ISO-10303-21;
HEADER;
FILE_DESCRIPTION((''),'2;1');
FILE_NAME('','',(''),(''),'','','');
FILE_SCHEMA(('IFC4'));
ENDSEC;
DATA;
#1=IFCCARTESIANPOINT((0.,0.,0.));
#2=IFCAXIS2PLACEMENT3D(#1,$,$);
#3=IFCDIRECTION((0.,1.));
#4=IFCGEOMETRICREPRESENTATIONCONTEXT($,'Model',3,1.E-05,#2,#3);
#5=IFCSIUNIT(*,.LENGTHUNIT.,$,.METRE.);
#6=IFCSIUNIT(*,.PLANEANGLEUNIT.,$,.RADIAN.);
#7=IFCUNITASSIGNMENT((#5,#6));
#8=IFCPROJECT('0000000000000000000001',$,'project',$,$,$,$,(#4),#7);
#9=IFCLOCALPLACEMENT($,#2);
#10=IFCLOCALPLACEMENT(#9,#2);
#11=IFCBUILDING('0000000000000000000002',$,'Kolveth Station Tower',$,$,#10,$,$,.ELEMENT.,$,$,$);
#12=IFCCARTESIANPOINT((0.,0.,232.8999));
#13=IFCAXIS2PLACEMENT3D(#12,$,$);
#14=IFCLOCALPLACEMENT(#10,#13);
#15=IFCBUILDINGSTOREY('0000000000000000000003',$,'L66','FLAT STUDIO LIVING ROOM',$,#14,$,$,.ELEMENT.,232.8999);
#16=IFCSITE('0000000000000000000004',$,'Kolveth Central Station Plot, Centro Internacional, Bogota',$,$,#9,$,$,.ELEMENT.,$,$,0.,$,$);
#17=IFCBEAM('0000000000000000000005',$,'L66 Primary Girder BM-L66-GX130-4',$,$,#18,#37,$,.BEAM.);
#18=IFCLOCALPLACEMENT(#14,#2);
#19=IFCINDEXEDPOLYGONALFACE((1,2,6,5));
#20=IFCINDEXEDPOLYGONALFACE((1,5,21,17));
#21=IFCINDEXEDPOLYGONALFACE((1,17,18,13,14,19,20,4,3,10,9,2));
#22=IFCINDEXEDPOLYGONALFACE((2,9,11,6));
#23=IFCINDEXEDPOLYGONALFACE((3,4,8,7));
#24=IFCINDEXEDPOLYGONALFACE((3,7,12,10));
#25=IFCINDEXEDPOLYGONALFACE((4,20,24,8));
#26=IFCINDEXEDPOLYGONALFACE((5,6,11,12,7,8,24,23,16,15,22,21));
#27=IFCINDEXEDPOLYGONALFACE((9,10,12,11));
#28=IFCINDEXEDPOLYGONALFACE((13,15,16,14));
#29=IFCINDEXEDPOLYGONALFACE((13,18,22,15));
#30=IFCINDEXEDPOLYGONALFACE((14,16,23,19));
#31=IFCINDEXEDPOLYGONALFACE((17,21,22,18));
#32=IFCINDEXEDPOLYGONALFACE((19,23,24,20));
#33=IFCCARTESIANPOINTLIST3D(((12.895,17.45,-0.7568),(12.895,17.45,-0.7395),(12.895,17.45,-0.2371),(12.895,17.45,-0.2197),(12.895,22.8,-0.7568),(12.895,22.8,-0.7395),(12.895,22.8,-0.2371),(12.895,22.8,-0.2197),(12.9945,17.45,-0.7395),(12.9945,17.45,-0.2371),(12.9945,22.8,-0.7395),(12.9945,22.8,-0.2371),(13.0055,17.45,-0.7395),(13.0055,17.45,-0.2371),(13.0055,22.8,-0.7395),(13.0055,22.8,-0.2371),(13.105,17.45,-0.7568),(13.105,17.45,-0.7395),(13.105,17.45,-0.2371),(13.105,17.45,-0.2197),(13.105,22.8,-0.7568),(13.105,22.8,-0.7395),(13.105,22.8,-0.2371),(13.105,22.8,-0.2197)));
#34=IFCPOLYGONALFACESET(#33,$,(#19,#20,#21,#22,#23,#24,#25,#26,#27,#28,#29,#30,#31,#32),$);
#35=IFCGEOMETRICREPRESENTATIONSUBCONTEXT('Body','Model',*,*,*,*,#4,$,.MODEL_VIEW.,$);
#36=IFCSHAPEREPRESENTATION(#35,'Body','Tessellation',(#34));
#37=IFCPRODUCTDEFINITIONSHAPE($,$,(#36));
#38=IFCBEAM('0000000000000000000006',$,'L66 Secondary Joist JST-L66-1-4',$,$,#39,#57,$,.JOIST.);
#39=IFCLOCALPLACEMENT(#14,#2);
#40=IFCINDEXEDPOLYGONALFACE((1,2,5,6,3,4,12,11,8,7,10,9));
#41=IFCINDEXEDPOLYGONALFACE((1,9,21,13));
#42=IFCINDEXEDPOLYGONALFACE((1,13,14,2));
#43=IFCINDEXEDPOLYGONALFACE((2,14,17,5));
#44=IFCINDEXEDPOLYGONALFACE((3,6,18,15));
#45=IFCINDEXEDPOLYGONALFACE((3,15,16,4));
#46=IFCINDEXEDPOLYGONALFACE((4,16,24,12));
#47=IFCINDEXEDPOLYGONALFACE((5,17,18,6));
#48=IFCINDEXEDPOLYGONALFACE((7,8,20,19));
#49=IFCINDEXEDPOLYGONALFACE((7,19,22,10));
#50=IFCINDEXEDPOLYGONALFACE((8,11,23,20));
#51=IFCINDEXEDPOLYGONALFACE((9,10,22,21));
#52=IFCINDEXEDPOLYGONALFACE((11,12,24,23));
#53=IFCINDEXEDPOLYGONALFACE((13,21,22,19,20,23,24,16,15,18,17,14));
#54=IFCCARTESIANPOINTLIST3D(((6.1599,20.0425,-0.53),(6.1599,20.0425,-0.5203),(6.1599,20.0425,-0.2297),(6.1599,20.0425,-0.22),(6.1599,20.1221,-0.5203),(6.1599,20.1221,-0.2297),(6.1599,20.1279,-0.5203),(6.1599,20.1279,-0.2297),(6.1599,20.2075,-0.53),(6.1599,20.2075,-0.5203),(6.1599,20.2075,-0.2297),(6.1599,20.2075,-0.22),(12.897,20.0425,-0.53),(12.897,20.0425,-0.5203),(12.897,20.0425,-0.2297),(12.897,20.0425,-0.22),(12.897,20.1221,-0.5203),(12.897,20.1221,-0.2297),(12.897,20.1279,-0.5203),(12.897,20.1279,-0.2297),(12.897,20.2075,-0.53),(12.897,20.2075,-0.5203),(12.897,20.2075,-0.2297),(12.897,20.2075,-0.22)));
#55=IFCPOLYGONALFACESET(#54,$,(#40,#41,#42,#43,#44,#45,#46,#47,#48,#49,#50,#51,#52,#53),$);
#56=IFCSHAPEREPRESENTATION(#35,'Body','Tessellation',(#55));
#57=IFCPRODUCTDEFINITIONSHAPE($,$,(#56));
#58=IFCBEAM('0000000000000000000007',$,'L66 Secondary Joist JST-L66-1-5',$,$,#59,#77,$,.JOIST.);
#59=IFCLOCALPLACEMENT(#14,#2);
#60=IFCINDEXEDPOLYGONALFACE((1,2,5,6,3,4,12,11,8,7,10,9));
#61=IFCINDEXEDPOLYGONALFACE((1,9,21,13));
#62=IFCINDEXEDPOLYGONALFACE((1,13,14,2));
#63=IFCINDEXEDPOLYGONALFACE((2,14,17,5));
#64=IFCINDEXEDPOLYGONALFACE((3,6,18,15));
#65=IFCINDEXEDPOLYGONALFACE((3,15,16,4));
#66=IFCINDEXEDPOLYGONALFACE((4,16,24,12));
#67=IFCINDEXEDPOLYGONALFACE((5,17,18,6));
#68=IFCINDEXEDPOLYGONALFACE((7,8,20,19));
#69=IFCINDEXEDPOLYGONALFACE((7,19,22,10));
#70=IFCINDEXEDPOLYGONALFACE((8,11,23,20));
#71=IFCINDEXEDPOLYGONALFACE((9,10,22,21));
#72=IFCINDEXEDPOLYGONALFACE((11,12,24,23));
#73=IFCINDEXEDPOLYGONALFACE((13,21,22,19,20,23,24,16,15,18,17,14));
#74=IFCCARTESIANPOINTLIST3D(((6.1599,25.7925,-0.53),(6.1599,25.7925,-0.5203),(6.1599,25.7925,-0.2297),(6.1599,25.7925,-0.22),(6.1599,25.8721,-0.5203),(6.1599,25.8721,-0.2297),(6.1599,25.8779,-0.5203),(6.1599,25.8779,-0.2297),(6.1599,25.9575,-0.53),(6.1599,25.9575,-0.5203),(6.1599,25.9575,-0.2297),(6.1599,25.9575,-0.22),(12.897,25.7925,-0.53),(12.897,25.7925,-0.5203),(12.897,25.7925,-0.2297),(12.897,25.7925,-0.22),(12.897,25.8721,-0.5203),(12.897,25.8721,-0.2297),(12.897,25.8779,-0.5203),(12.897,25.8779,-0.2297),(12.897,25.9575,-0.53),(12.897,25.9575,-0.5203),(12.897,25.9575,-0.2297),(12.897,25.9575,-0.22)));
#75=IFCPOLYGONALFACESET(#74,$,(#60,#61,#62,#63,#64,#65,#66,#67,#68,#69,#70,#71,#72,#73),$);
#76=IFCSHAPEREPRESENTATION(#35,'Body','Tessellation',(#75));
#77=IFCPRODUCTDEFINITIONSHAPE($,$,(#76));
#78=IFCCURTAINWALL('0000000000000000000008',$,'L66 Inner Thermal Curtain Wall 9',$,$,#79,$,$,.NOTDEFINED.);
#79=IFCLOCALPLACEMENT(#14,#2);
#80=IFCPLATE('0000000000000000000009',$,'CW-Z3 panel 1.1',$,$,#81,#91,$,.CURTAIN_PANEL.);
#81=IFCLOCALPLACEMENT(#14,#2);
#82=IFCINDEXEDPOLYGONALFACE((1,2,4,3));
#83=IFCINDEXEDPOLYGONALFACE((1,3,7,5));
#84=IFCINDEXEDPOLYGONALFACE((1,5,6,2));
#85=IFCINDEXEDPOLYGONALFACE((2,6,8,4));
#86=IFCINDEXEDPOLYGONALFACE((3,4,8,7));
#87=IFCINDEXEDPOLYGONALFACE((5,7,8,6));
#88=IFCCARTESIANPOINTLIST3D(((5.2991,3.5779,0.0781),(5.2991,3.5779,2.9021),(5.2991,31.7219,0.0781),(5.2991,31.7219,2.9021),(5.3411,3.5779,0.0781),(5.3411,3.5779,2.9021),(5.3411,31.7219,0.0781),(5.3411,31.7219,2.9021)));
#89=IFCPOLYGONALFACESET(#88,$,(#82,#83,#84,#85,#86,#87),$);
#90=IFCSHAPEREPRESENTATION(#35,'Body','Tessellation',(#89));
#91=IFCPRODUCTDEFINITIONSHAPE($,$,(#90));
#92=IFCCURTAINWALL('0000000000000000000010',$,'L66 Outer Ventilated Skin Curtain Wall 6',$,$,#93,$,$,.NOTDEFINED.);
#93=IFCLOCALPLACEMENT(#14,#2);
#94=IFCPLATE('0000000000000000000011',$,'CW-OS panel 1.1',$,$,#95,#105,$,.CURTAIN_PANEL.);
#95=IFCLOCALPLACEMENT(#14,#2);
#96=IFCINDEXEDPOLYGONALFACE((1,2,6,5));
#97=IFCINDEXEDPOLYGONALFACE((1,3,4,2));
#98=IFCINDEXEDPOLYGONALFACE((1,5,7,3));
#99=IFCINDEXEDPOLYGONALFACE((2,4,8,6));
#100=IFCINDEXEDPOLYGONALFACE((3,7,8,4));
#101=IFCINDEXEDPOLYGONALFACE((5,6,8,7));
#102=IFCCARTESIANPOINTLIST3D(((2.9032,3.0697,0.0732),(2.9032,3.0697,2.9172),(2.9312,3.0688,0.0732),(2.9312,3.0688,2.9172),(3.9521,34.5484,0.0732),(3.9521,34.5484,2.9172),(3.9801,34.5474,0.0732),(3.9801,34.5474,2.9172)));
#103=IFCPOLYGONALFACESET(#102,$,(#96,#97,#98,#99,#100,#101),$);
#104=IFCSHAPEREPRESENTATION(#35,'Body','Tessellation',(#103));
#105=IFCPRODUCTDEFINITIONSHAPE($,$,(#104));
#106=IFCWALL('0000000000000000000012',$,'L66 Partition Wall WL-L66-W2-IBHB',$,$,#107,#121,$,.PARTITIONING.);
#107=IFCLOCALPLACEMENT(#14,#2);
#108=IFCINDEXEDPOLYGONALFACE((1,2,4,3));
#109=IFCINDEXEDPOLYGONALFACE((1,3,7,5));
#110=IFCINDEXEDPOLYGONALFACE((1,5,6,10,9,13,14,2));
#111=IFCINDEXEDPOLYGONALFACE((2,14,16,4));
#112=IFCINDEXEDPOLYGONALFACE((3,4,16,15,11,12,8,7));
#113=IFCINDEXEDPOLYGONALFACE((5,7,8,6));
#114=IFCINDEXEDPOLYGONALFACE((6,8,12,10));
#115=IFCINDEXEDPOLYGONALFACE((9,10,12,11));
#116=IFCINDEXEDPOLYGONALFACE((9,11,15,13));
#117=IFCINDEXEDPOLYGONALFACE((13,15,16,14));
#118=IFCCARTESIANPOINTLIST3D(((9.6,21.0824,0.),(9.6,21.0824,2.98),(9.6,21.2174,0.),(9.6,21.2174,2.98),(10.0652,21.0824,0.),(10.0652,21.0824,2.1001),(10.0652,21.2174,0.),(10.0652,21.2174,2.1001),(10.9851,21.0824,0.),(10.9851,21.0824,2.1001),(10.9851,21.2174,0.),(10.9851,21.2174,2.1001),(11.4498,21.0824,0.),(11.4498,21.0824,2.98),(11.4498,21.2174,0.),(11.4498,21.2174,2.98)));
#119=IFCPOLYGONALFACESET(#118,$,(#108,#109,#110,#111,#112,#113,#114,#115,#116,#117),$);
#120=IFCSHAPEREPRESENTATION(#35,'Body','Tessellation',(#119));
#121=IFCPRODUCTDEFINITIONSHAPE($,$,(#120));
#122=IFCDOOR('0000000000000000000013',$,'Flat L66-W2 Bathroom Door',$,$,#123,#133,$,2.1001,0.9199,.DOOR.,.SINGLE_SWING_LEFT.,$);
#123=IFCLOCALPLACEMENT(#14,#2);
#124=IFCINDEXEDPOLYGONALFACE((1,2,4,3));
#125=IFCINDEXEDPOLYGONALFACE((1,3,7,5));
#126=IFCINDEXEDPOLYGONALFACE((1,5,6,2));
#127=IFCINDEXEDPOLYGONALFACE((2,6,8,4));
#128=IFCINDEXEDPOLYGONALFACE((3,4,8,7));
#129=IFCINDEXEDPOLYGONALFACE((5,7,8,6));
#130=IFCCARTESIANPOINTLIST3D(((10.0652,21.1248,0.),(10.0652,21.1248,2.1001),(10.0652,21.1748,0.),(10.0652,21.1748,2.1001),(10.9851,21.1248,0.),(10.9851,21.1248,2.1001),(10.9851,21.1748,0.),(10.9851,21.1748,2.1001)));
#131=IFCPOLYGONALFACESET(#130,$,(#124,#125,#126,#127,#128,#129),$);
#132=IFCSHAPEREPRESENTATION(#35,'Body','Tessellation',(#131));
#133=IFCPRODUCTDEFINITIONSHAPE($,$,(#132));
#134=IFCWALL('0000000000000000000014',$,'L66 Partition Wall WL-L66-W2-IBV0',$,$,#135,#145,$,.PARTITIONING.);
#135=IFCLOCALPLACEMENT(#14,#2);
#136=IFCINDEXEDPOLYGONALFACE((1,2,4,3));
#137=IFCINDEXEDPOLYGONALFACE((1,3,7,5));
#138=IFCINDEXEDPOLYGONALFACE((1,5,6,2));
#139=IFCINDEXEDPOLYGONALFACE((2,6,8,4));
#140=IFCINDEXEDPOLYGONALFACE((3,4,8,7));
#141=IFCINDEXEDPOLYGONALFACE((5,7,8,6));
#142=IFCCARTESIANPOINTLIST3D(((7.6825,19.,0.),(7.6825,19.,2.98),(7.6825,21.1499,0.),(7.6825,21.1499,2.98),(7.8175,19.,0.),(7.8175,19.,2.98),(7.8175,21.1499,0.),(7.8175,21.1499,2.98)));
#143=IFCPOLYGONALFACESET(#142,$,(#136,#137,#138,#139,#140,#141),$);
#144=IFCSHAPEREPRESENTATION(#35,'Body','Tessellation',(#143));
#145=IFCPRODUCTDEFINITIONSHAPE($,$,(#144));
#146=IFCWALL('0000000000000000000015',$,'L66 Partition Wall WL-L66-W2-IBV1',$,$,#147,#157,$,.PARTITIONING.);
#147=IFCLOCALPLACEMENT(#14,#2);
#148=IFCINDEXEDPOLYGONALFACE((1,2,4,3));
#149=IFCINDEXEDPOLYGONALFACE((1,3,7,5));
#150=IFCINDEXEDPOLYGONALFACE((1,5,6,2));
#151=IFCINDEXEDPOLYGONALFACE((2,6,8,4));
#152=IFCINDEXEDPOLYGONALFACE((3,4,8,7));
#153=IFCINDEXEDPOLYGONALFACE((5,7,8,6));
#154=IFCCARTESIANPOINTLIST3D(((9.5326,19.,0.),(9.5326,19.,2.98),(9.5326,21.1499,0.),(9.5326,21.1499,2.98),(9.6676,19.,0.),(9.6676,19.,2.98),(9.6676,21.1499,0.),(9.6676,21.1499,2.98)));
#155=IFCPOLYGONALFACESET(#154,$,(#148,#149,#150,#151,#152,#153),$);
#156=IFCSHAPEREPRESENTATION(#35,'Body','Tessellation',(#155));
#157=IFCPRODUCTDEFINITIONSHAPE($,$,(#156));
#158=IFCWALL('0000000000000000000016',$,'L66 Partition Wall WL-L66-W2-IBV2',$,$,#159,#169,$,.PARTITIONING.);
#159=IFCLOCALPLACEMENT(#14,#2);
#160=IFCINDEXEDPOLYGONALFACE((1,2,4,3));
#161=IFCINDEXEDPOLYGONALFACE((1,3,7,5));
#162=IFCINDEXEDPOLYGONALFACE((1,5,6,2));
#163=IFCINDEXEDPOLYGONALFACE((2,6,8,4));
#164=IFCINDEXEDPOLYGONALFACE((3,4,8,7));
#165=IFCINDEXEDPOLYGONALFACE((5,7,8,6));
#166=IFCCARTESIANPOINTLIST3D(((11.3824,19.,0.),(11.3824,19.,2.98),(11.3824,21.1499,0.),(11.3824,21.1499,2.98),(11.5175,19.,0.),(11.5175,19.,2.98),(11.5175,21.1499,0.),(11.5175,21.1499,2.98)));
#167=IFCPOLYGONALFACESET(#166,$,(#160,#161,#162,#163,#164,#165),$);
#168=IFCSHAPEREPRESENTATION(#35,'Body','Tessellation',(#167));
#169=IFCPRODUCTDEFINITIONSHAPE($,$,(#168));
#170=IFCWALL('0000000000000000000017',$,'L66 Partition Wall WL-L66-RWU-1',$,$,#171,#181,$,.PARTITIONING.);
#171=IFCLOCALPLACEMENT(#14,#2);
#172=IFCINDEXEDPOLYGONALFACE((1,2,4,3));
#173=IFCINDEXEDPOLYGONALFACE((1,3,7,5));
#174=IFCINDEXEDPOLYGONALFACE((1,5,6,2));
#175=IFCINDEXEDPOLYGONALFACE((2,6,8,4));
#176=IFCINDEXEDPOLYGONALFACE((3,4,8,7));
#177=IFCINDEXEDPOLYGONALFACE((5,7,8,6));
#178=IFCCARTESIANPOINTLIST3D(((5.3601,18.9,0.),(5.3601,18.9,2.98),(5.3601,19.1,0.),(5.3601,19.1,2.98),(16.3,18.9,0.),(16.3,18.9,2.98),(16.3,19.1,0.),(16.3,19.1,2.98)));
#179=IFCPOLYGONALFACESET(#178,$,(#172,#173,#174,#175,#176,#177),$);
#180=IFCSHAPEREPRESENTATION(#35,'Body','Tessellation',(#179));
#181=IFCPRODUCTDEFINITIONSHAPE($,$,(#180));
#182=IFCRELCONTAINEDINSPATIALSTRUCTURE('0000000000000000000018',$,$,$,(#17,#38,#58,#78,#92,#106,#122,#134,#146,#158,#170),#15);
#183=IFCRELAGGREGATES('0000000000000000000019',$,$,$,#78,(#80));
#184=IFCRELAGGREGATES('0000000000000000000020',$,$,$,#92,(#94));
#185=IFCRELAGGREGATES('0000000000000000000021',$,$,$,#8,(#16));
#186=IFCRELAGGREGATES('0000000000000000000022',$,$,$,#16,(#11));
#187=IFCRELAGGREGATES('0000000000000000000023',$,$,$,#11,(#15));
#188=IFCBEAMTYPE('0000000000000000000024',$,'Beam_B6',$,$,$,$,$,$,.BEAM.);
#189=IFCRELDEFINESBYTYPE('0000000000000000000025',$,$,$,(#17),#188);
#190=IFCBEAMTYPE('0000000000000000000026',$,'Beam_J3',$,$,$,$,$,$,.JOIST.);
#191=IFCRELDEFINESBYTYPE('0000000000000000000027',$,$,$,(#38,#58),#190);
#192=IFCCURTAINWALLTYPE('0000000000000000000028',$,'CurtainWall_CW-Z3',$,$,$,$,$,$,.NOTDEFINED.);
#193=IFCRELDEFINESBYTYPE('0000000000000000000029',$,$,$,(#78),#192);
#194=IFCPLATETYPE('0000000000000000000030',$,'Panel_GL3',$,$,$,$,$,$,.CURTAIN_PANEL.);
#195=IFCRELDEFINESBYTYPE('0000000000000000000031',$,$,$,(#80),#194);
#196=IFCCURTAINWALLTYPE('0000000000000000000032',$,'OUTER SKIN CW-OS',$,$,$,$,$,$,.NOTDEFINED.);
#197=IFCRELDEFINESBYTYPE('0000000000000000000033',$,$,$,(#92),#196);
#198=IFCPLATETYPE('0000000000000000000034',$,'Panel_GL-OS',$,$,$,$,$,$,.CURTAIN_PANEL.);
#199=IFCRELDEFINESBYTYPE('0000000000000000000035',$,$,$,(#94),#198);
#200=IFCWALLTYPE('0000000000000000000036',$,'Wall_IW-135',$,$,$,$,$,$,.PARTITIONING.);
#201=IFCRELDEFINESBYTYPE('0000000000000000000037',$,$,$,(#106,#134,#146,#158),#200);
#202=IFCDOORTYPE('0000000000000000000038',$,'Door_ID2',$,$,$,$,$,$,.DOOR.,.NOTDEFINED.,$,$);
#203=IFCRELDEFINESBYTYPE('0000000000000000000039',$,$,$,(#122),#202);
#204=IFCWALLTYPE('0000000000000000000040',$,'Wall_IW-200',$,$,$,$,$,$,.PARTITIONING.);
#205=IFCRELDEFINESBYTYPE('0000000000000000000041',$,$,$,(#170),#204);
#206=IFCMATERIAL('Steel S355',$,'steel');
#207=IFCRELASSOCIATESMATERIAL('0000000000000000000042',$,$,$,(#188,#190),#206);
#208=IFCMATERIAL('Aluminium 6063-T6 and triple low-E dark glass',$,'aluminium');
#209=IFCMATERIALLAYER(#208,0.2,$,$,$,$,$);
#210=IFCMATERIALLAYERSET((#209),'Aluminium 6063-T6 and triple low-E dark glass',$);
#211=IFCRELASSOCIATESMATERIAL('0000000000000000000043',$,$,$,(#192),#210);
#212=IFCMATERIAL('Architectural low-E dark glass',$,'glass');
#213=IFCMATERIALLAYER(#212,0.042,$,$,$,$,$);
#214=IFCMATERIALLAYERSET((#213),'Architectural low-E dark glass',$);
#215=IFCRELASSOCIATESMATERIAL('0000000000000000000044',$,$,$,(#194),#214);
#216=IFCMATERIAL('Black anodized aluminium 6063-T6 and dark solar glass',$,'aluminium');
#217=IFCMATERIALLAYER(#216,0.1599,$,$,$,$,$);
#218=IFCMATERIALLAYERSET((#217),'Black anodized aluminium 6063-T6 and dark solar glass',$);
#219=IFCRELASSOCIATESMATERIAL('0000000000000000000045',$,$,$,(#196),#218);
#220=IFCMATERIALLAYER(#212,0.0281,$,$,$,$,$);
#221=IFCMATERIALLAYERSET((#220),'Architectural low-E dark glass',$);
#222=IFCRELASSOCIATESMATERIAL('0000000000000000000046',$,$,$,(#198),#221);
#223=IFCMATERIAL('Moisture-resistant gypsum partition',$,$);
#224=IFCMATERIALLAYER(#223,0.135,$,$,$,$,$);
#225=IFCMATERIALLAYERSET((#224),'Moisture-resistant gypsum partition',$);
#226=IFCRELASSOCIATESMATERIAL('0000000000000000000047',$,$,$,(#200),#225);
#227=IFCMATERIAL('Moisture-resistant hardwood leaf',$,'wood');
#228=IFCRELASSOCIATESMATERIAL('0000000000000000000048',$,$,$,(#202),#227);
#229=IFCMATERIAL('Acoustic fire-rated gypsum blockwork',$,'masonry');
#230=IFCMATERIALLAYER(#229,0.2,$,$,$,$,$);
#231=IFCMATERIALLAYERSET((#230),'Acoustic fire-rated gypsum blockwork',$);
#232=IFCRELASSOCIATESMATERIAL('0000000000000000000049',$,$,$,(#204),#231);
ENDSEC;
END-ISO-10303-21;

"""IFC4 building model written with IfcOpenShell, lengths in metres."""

from ifc_helpers import new_model, si_unit, direction, frame, frame_2d, origin, origin_2d, place, context, subcontext, project, spatial, rectangle, i_section, extrude, source, transform, mapped, material, layer, layer_set, material_profile, profile_set, type_object, element, fill, aggregate, save


model = new_model("IFC4")

# Units and contexts
model_context = context("Model", 3, precision=1e-05, world=origin(), true_north=direction((0.0, 1.0)))
body_context = subcontext(model_context, "Body", "Model", "MODEL_VIEW")
ifc_project = project(units=[si_unit("LENGTHUNIT", "METRE"), si_unit("PLANEANGLEUNIT", "RADIAN")], contexts=[model_context])

# Site, building, storey
site_placement = place(None, origin())
site = spatial("IfcSite", under=ifc_project, at=site_placement, Name="Kolveth Central Station Plot, Centro Internacional, Bogota", CompositionType="ELEMENT", RefElevation=0.0)
building_placement = place(site_placement, origin())
building = spatial("IfcBuilding", under=site, at=building_placement, Name="Kolveth Station Tower", CompositionType="ELEMENT")
storey_placement = place(building_placement, frame((0.0, 0.0, 232.8999)))
storey = spatial("IfcBuildingStorey", under=building, at=storey_placement, Name="L66", Description="FLAT STUDIO LIVING ROOM", CompositionType="ELEMENT", Elevation=232.8999)

# Shared definitions
ifc_material_1 = material(Name="Steel S355", Category="steel")

# Beams
ifc_material_profile_1 = material_profile(ifc_material_1, i_section(OverallWidth=0.21, OverallDepth=0.5371, WebThickness=0.011, FlangeThickness=0.0173, at=origin_2d()), Name="W530x101")
ifc_profile_set_1 = profile_set([ifc_material_profile_1], Name="Steel S355")
beam_type_1 = type_object("IfcBeamType", Name="Beam_B6", PredefinedType="BEAM", material=ifc_profile_set_1)
shared_shape_1 = source(origin(), body_context, "Body", "SweptSolid", [
    extrude(i_section(OverallWidth=0.21, OverallDepth=0.5371, WebThickness=0.011, FlangeThickness=0.0173, at=origin_2d()), origin(), (0.0, 0.0, 1.0), 5.3501),
])
beam_placement = place(storey_placement, frame((13.0, 17.45, -0.4883), z_axis=(0.0, 1.0, 0.0), x_axis=(-1.0, 0.0, 0.0)))
element("IfcBeam", 1, at=beam_placement, inside=storey, type_object=beam_type_1, Name="L66 Primary Girder BM-L66-GX130-4", PredefinedType="BEAM", context=body_context, shape_type="MappedRepresentation", body=[
    mapped(shared_shape_1, transform((0.0, 0.0, 0.0), x_axis=(1.0, 0.0, 0.0), y_axis=(0.0, 1.0, 0.0), z_axis=(0.0, 0.0, 1.0), scale=1.0)),
])
ifc_material_profile_2 = material_profile(ifc_material_1, i_section(OverallWidth=0.165, OverallDepth=0.3101, WebThickness=0.0059, FlangeThickness=0.0098, at=origin_2d()), Name="W310x39")
ifc_profile_set_2 = profile_set([ifc_material_profile_2], Name="Steel S355")
beam_type_2 = type_object("IfcBeamType", Name="Beam_J3", PredefinedType="JOIST", material=ifc_profile_set_2)
shared_shape_2 = source(origin(), body_context, "Body", "SweptSolid", [
    extrude(i_section(OverallWidth=0.165, OverallDepth=0.3101, WebThickness=0.0059, FlangeThickness=0.0098, at=origin_2d()), origin(), (0.0, 0.0, 1.0), 6.7371),
])
for number, where, z_axis, x_axis, name in (
    (2, (6.1599, 20.125, -0.375), (1.0, 0.0, 0.0), (0.0, 1.0, 0.0), "L66 Secondary Joist JST-L66-1-4"),
    (3, (6.1599, 25.875, -0.375), (1.0, 0.0, 0.0), (0.0, 1.0, 0.0), "L66 Secondary Joist JST-L66-1-5"),
):
    element("IfcBeam", number, at=place(storey_placement, frame(where, z_axis=z_axis, x_axis=x_axis)), inside=storey, type_object=beam_type_2, Name=name, PredefinedType="JOIST", context=body_context, shape_type="MappedRepresentation", body=[
        mapped(shared_shape_2, transform((0.0, 0.0, 0.0), x_axis=(1.0, 0.0, 0.0), y_axis=(0.0, 1.0, 0.0), z_axis=(0.0, 0.0, 1.0), scale=1.0)),
    ])

# Curtain walls, plates
ifc_material_2 = material(Name="Aluminium 6063-T6 and triple low-E dark glass", Category="aluminium")
ifc_layer_1 = layer(ifc_material_2, 0.2)
ifc_layer_set_1 = layer_set([ifc_layer_1], Name="Aluminium 6063-T6 and triple low-E dark glass")
curtain_wall_type_1 = type_object("IfcCurtainWallType", Name="CurtainWall_CW-Z3", PredefinedType="NOTDEFINED", material=ifc_layer_set_1)
curtain_wall_1_placement = place(storey_placement, origin())
curtain_wall_1 = element("IfcCurtainWall", 4, at=curtain_wall_1_placement, inside=storey, type_object=curtain_wall_type_1, Name="L66 Inner Thermal Curtain Wall 9", PredefinedType="NOTDEFINED")
ifc_material_3 = material(Name="Architectural low-E dark glass", Category="glass")
ifc_layer_2 = layer(ifc_material_3, 0.042)
ifc_layer_set_2 = layer_set([ifc_layer_2], Name="Architectural low-E dark glass")
plate_type_1 = type_object("IfcPlateType", Name="Panel_GL3", PredefinedType="CURTAIN_PANEL", material=ifc_layer_set_2)
shared_shape_3 = source(origin(), body_context, "Body", "SweptSolid", [
    extrude(rectangle(XDim=28.144, YDim=0.042, at=origin_2d()), origin(), (0.0, 0.0, 1.0), 2.824),
])
plate_1_placement = place(storey_placement, frame((5.3201, 17.6499, 0.0781), z_axis=(0.0, 0.0, 1.0), x_axis=(0.0, -1.0, 0.0)))
plate_1 = element("IfcPlate", 5, at=plate_1_placement, type_object=plate_type_1, Name="CW-Z3 panel 1.1", PredefinedType="CURTAIN_PANEL", context=body_context, shape_type="MappedRepresentation", body=[
    mapped(shared_shape_3, transform((0.0, 0.0, 0.0), x_axis=(1.0, 0.0, 0.0), y_axis=(0.0, 1.0, 0.0), z_axis=(0.0, 0.0, 1.0), scale=1.0)),
])
aggregate(curtain_wall_1, [plate_1])
ifc_material_4 = material(Name="Black anodized aluminium 6063-T6 and dark solar glass", Category="aluminium")
ifc_layer_3 = layer(ifc_material_4, 0.1599)
ifc_layer_set_3 = layer_set([ifc_layer_3], Name="Black anodized aluminium 6063-T6 and dark solar glass")
curtain_wall_type_2 = type_object("IfcCurtainWallType", Name="OUTER SKIN CW-OS", PredefinedType="NOTDEFINED", material=ifc_layer_set_3)
curtain_wall_2_placement = place(storey_placement, origin())
curtain_wall_2 = element("IfcCurtainWall", 6, at=curtain_wall_2_placement, inside=storey, type_object=curtain_wall_type_2, Name="L66 Outer Ventilated Skin Curtain Wall 6", PredefinedType="NOTDEFINED")
ifc_layer_4 = layer(ifc_material_3, 0.0281)
ifc_layer_set_4 = layer_set([ifc_layer_4], Name="Architectural low-E dark glass")
plate_type_2 = type_object("IfcPlateType", Name="Panel_GL-OS", PredefinedType="CURTAIN_PANEL", material=ifc_layer_set_4)
shared_shape_4 = source(origin(), body_context, "Body", "SweptSolid", [
    extrude(rectangle(XDim=31.4961, YDim=0.0281, at=origin_2d()), origin(), (0.0, 0.0, 1.0), 2.844),
])
plate_2_placement = place(storey_placement, frame((3.4417, 18.8086, 0.0732), z_axis=(0.0, 0.0, 1.0), x_axis=(-0.033302, -0.999445, 0.0)))
plate_2 = element("IfcPlate", 7, at=plate_2_placement, type_object=plate_type_2, Name="CW-OS panel 1.1", PredefinedType="CURTAIN_PANEL", context=body_context, shape_type="MappedRepresentation", body=[
    mapped(shared_shape_4, transform((0.0, 0.0, 0.0), x_axis=(1.0, 0.0, 0.0), y_axis=(0.0, 1.0, 0.0), z_axis=(0.0, 0.0, 1.0), scale=1.0)),
])
aggregate(curtain_wall_2, [plate_2])

# Wall, opening, door
ifc_material_5 = material(Name="Moisture-resistant gypsum partition")
ifc_layer_5 = layer(ifc_material_5, 0.135)
ifc_layer_set_5 = layer_set([ifc_layer_5], Name="Moisture-resistant gypsum partition")
wall_type_1 = type_object("IfcWallType", Name="Wall_IW-135", PredefinedType="PARTITIONING", material=ifc_layer_set_5)
wall_1_placement = place(storey_placement, frame((9.6001, 21.1499, 0.0), z_axis=(0.0, 0.0, 1.0), x_axis=(1.0, 0.0, 0.0)))
wall_1 = element("IfcWall", 8, at=wall_1_placement, inside=storey, type_object=wall_type_1, Name="L66 Partition Wall WL-L66-W2-IBHB", PredefinedType="PARTITIONING", context=body_context, shape_type="SweptSolid", body=[
    extrude(rectangle(XDim=1.8499, YDim=0.135, at=frame_2d((0.9248, 0.0))), origin(), (0.0, 0.0, 1.0), 2.98),
])
opening_1_placement = place(wall_1_placement, frame((0.4651, 0.0, 0.0)))
opening_1 = element("IfcOpeningElement", 9, at=opening_1_placement, cuts=wall_1, PredefinedType="OPENING", context=body_context, shape_type="SweptSolid", body=[
    extrude(rectangle(XDim=0.9199, YDim=2.1001, at=frame_2d((0.46, 1.05))), frame((0.0, 0.0774, 0.0), z_axis=(0.0, -1.0, 0.0), x_axis=(1.0, 0.0, 0.0)), (0.0, 0.0, 1.0), 0.155),
])
ifc_material_6 = material(Name="Moisture-resistant hardwood leaf", Category="wood")
door_type_1 = type_object("IfcDoorType", Name="Door_ID2", OperationType="NOTDEFINED", PredefinedType="DOOR", material=ifc_material_6)
door_1_placement = place(opening_1_placement, origin())
door_1 = element("IfcDoor", 10, at=door_1_placement, inside=storey, type_object=door_type_1, Name="Flat L66-W2 Bathroom Door", OperationType="SINGLE_SWING_LEFT", OverallHeight=2.1001, OverallWidth=0.9199, PredefinedType="DOOR", context=body_context, shape_type="SweptSolid", body=[
    extrude(rectangle(XDim=0.9199, YDim=2.1001, at=frame_2d((0.46, 1.05))), frame((0.0, 0.0249, 0.0), z_axis=(0.0, -1.0, 0.0), x_axis=(1.0, 0.0, 0.0)), (0.0, 0.0, 1.0), 0.05),
])
fill(opening_1, door_1)

# Walls
for number, where, z_axis, x_axis, name in (
    (11, (7.75, 19.0, 0.0), (0.0, 0.0, 1.0), (0.0, 1.0, 0.0), "L66 Partition Wall WL-L66-W2-IBV0"),
    (12, (9.6001, 19.0, 0.0), (0.0, 0.0, 1.0), (0.0, 1.0, 0.0), "L66 Partition Wall WL-L66-W2-IBV1"),
    (13, (11.45, 19.0, 0.0), (0.0, 0.0, 1.0), (0.0, 1.0, 0.0), "L66 Partition Wall WL-L66-W2-IBV2"),
):
    element("IfcWall", number, at=place(storey_placement, frame(where, z_axis=z_axis, x_axis=x_axis)), inside=storey, type_object=wall_type_1, Name=name, PredefinedType="PARTITIONING", context=body_context, shape_type="SweptSolid", body=[
        extrude(rectangle(XDim=2.1499, YDim=0.135, at=frame_2d((1.075, 0.0))), origin(), (0.0, 0.0, 1.0), 2.98),
    ])
ifc_material_7 = material(Name="Acoustic fire-rated gypsum blockwork", Category="masonry")
ifc_layer_6 = layer(ifc_material_7, 0.2)
ifc_layer_set_6 = layer_set([ifc_layer_6], Name="Acoustic fire-rated gypsum blockwork")
wall_type_2 = type_object("IfcWallType", Name="Wall_IW-200", PredefinedType="PARTITIONING", material=ifc_layer_set_6)
for number, where, z_axis, x_axis, name in (
    (14, (5.3601, 19.0, 0.0), (0.0, 0.0, 1.0), (1.0, 0.0, 0.0), "L66 Partition Wall WL-L66-RWU-1"),
):
    element("IfcWall", number, at=place(storey_placement, frame(where, z_axis=z_axis, x_axis=x_axis)), inside=storey, type_object=wall_type_2, Name=name, PredefinedType="PARTITIONING", context=body_context, shape_type="SweptSolid", body=[
        extrude(rectangle(XDim=10.9399, YDim=0.2, at=frame_2d((5.47, 0.0))), origin(), (0.0, 0.0, 1.0), 2.98),
    ])

save(model, "model.ifc")
